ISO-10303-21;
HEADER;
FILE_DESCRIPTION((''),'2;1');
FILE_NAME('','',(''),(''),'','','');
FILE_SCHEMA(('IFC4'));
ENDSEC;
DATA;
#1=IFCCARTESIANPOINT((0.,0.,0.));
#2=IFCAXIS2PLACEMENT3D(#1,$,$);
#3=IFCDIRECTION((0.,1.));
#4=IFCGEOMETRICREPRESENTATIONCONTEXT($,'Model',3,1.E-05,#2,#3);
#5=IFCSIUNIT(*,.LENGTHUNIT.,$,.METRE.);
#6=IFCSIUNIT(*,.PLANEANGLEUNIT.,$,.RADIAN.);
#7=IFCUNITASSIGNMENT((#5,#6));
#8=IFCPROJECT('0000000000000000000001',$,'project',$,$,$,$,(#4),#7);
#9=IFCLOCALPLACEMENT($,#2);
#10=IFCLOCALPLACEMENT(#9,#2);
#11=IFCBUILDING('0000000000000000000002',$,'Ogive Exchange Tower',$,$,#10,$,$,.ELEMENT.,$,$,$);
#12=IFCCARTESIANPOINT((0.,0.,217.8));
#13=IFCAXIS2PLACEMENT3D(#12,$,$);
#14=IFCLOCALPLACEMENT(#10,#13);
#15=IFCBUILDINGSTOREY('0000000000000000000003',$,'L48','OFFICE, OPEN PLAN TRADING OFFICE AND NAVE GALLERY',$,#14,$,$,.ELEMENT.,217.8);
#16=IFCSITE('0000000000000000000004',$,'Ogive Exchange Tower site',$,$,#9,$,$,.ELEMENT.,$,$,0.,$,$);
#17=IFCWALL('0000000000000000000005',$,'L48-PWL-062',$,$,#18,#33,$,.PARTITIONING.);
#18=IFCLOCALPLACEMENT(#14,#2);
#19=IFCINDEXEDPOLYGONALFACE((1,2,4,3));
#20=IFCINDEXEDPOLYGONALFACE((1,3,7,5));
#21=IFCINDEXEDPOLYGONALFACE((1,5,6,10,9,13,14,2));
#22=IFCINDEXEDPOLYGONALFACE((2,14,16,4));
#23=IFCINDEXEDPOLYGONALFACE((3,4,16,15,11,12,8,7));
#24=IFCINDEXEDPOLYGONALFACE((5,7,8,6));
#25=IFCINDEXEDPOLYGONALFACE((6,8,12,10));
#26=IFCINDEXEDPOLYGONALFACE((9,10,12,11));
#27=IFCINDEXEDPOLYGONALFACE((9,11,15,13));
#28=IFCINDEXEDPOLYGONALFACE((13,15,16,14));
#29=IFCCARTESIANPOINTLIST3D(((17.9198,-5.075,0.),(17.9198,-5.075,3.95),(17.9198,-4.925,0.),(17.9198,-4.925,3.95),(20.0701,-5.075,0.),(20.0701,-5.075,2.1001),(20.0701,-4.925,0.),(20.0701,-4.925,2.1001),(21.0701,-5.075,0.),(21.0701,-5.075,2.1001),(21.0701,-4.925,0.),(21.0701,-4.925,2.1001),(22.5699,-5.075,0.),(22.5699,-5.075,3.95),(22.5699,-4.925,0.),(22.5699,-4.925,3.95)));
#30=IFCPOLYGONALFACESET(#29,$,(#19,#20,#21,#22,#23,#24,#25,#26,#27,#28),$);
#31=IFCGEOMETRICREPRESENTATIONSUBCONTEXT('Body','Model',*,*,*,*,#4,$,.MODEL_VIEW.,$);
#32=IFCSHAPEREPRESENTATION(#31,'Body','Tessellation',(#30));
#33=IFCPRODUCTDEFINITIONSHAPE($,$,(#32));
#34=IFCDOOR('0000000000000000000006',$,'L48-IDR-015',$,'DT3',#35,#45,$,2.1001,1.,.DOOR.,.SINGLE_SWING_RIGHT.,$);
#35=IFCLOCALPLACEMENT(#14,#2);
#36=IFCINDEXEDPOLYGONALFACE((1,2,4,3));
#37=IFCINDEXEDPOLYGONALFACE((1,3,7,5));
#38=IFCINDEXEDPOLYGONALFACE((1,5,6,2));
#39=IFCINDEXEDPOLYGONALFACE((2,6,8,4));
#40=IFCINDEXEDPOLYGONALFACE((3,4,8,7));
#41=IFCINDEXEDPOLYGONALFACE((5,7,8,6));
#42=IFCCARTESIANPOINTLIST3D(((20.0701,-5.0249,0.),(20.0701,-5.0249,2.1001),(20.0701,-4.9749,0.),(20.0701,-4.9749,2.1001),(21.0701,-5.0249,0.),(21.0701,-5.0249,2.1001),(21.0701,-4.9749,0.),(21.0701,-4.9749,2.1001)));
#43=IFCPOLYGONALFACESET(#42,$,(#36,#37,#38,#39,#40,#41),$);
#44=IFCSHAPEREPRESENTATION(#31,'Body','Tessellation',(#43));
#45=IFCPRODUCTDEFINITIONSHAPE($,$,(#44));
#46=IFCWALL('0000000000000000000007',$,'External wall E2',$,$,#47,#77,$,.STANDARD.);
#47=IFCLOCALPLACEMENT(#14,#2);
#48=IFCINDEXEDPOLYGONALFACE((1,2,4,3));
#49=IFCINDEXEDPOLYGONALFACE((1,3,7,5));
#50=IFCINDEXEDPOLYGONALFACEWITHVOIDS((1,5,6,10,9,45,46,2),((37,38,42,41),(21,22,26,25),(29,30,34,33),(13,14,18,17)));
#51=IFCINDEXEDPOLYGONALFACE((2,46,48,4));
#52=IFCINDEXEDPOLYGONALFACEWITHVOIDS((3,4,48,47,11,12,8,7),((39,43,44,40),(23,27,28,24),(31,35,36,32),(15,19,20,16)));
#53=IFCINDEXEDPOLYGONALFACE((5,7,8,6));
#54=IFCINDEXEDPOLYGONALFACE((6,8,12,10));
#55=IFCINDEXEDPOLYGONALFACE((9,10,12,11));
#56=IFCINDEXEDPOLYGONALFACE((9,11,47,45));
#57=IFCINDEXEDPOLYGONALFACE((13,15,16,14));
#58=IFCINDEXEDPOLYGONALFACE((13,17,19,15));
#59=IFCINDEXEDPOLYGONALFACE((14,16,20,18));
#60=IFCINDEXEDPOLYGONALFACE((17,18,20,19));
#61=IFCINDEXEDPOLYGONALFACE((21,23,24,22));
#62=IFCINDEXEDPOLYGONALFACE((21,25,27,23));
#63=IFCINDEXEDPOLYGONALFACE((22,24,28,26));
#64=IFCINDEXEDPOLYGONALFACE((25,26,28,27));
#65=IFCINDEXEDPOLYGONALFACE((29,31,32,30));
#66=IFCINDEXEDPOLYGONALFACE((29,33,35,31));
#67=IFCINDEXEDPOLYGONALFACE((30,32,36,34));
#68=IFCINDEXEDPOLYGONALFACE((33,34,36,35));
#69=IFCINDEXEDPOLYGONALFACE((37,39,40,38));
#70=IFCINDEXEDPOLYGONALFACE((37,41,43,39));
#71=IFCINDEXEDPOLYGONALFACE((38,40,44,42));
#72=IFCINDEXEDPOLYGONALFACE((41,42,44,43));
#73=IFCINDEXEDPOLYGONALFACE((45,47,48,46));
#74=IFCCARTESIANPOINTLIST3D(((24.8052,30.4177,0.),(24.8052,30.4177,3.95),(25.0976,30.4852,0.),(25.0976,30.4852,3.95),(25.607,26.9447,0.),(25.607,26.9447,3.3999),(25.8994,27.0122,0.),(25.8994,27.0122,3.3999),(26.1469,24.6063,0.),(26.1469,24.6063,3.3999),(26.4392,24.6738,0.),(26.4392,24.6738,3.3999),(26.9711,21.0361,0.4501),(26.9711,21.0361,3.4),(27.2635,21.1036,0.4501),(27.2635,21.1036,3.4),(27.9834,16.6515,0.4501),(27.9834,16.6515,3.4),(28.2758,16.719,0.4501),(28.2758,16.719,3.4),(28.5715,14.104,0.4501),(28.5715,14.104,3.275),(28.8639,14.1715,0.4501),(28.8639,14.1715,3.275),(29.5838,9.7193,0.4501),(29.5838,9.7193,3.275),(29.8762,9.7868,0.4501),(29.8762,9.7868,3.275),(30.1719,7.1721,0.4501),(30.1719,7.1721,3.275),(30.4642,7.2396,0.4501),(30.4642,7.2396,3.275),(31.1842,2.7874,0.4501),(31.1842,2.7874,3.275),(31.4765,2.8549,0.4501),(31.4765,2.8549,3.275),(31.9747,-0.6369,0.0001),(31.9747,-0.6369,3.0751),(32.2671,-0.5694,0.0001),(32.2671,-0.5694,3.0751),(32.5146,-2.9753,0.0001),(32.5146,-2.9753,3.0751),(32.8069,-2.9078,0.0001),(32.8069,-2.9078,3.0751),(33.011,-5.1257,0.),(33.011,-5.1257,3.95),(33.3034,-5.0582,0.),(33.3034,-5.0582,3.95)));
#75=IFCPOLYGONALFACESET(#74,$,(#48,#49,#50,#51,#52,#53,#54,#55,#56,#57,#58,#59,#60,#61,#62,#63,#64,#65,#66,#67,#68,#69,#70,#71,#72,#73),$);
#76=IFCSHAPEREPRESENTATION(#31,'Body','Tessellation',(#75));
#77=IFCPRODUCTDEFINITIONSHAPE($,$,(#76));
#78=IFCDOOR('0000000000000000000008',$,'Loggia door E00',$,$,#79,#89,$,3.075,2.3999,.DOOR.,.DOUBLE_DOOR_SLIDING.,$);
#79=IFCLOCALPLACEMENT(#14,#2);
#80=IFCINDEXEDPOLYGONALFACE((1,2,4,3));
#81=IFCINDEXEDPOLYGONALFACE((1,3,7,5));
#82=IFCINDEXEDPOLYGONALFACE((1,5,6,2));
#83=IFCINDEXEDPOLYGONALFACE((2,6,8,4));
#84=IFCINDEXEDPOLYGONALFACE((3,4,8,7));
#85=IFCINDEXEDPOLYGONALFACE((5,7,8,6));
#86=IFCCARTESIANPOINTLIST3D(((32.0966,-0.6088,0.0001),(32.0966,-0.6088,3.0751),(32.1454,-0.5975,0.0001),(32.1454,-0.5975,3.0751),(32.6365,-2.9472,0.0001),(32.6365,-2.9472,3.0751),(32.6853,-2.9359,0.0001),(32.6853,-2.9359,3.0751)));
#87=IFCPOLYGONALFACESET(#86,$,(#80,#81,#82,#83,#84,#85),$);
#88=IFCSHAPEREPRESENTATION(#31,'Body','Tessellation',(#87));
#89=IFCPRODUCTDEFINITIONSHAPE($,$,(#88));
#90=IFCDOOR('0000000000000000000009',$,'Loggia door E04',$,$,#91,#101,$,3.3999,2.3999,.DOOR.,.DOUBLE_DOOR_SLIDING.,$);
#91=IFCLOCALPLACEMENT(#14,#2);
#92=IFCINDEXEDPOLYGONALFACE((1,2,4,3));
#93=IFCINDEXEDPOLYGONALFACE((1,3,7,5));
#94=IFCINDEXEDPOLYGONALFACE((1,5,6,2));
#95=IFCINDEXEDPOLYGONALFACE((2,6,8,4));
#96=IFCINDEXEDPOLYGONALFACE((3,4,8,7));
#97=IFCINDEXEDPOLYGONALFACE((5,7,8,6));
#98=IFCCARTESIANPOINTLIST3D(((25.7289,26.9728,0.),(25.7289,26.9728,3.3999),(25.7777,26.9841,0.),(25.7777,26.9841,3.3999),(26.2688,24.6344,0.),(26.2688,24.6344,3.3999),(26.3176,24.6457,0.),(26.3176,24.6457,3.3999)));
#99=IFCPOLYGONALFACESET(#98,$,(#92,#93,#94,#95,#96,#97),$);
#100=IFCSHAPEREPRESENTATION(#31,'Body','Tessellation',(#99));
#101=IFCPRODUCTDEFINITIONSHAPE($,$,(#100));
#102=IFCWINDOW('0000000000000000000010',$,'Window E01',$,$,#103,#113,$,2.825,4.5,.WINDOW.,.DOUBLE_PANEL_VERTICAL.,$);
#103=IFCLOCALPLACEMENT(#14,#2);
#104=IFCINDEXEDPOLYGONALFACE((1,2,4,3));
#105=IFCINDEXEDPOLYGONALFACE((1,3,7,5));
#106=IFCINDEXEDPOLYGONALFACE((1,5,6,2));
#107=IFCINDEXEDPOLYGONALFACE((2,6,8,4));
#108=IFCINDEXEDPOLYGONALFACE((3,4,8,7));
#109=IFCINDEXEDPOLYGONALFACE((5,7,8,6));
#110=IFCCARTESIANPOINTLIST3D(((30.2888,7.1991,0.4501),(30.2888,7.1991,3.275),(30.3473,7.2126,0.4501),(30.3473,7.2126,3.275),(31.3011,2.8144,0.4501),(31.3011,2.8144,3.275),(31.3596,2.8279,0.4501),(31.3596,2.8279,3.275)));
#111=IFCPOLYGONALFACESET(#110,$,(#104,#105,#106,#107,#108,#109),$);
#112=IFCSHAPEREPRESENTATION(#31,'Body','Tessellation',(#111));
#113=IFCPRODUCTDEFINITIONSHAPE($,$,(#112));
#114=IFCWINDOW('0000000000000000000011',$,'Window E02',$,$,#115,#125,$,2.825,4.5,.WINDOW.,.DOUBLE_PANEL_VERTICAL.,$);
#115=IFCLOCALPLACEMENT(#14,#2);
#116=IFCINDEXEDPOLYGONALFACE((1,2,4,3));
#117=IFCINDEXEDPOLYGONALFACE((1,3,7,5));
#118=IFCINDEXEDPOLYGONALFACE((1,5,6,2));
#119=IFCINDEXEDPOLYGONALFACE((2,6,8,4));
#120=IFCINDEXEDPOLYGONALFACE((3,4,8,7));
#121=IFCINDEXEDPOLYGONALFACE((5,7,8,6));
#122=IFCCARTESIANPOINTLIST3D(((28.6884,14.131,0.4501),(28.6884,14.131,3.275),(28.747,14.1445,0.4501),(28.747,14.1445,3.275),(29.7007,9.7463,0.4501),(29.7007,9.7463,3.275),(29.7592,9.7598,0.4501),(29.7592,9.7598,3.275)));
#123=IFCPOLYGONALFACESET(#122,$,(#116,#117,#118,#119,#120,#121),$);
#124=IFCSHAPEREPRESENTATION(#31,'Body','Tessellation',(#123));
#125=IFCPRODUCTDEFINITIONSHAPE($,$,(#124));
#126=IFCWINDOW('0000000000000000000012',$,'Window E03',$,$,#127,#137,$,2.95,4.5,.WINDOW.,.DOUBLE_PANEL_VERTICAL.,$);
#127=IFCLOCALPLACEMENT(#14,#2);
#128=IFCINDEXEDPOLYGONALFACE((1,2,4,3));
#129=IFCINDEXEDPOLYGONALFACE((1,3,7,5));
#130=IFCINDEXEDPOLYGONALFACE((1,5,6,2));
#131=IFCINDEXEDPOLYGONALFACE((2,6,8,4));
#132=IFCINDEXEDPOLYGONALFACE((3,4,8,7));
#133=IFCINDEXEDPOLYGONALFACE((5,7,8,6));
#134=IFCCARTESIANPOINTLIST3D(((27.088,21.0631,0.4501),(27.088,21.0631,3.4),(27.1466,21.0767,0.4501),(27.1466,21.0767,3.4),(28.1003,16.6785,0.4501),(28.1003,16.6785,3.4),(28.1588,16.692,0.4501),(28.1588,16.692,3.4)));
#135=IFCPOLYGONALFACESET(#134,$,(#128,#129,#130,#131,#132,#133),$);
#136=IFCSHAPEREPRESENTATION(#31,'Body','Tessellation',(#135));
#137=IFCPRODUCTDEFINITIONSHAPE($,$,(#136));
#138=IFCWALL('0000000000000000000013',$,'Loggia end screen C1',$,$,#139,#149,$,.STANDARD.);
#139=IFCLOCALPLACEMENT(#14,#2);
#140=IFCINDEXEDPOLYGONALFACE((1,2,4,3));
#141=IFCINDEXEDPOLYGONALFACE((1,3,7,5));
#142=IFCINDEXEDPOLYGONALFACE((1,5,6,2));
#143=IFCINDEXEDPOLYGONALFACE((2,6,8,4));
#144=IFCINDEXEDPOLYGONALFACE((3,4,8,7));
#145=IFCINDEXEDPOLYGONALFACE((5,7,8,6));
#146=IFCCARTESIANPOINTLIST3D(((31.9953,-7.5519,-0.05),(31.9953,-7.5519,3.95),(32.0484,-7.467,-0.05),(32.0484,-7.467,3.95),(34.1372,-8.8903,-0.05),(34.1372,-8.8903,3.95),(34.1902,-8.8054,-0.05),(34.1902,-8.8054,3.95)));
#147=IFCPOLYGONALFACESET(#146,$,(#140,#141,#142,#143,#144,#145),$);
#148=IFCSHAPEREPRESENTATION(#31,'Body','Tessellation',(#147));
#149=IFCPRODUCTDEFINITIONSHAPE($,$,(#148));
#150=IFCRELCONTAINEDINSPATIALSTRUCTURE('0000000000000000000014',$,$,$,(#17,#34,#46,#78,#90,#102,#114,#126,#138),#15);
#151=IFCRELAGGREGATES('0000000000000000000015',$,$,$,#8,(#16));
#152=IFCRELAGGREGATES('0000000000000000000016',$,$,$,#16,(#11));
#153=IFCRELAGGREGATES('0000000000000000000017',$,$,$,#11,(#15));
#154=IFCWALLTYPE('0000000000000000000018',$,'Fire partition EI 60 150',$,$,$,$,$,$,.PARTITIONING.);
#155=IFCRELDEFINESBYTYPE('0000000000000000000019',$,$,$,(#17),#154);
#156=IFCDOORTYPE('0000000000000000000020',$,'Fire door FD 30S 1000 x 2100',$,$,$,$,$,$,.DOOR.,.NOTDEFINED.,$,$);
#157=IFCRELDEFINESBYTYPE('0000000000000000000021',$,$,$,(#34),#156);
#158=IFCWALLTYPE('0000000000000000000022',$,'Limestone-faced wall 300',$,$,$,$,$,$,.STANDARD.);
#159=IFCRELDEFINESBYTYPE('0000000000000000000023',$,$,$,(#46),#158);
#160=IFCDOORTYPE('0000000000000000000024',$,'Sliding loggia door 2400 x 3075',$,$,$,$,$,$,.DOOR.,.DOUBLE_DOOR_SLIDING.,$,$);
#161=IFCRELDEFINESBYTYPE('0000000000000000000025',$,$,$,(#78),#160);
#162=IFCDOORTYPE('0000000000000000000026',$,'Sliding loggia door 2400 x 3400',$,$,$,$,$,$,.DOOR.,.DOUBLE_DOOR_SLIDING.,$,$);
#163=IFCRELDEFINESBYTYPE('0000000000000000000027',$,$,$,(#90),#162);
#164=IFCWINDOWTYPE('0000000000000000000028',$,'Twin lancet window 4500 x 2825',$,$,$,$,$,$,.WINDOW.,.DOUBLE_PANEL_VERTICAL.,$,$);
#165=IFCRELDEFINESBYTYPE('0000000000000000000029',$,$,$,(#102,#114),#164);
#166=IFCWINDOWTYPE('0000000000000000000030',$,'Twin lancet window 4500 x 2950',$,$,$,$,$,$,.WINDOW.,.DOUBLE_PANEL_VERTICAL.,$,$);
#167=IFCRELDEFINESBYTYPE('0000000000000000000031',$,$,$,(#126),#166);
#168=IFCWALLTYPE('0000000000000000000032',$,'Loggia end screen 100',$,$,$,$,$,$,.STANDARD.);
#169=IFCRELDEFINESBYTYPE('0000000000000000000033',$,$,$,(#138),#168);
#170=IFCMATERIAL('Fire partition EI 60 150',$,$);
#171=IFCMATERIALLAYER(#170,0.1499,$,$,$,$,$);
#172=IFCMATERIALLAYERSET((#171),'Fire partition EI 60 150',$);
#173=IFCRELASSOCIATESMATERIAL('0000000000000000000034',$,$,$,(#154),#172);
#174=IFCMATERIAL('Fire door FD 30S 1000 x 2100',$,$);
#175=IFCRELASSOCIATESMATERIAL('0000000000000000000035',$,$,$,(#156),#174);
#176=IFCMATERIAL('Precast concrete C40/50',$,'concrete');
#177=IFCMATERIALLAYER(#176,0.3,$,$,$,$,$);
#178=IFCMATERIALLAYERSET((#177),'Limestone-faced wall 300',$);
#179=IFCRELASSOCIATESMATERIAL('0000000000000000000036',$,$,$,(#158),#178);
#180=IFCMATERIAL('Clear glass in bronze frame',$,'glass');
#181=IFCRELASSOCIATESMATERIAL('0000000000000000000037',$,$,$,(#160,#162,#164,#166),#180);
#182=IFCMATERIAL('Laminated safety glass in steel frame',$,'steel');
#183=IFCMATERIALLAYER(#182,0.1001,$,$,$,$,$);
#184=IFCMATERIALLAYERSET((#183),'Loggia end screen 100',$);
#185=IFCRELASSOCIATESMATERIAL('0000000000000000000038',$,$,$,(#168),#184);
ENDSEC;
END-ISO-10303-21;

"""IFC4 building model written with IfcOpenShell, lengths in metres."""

from ifc_helpers import new_model, si_unit, direction, frame, frame_2d, origin, place, context, subcontext, project, spatial, rectangle, extrude, material, layer, layer_set, type_object, element, fill, save


model = new_model("IFC4")

# Units and contexts
model_context = context("Model", 3, precision=1e-05, world=origin(), true_north=direction((0.0, 1.0)))
body_context = subcontext(model_context, "Body", "Model", "MODEL_VIEW")
ifc_project = project(units=[si_unit("LENGTHUNIT", "METRE"), si_unit("PLANEANGLEUNIT", "RADIAN")], contexts=[model_context])

# Site, building, storey
site_placement = place(None, origin())
site = spatial("IfcSite", under=ifc_project, at=site_placement, Name="Ogive Exchange Tower site", CompositionType="ELEMENT", RefElevation=0.0)
building_placement = place(site_placement, origin())
building = spatial("IfcBuilding", under=site, at=building_placement, Name="Ogive Exchange Tower", CompositionType="ELEMENT")
storey_placement = place(building_placement, frame((0.0, 0.0, 217.8)))
storey = spatial("IfcBuildingStorey", under=building, at=storey_placement, Name="L48", Description="OFFICE, OPEN PLAN TRADING OFFICE AND NAVE GALLERY", CompositionType="ELEMENT", Elevation=217.8)

# Wall, opening, door
ifc_material_1 = material(Name="Fire partition EI 60 150")
ifc_layer_1 = layer(ifc_material_1, 0.1499)
ifc_layer_set_1 = layer_set([ifc_layer_1], Name="Fire partition EI 60 150")
wall_type_1 = type_object("IfcWallType", Name="Fire partition EI 60 150", PredefinedType="PARTITIONING", material=ifc_layer_set_1)
wall_1_placement = place(storey_placement, frame((22.5701, -5.0, 0.0), z_axis=(0.0, 0.0, 1.0), x_axis=(-1.0, 0.0, 0.0)))
wall_1 = element("IfcWall", 1, at=wall_1_placement, inside=storey, type_object=wall_type_1, Name="L48-PWL-062", PredefinedType="PARTITIONING", context=body_context, shape_type="SweptSolid", body=[
    extrude(rectangle(XDim=4.6501, YDim=0.1499, at=frame_2d((2.3252, 0.0))), origin(), (0.0, 0.0, 1.0), 3.95),
])
opening_1_placement = place(wall_1_placement, frame((1.5, 0.0, 0.0)))
opening_1 = element("IfcOpeningElement", 2, at=opening_1_placement, cuts=wall_1, PredefinedType="OPENING", context=body_context, shape_type="SweptSolid", body=[
    extrude(rectangle(XDim=1.0, YDim=2.1001, at=frame_2d((0.5, 1.05))), frame((0.0, 0.085, 0.0), z_axis=(0.0, -1.0, 0.0), x_axis=(1.0, 0.0, 0.0)), (0.0, 0.0, 1.0), 0.1699),
])
ifc_material_2 = material(Name="Fire door FD 30S 1000 x 2100")
door_type_1 = type_object("IfcDoorType", Name="Fire door FD 30S 1000 x 2100", OperationType="NOTDEFINED", PredefinedType="DOOR", material=ifc_material_2)
door_1_placement = place(opening_1_placement, origin())
door_1 = element("IfcDoor", 3, at=door_1_placement, inside=storey, type_object=door_type_1, Name="L48-IDR-015", ObjectType="DT3", OperationType="SINGLE_SWING_RIGHT", OverallHeight=2.1001, OverallWidth=1.0, PredefinedType="DOOR", context=body_context, shape_type="SweptSolid", body=[
    extrude(rectangle(XDim=1.0, YDim=2.1001, at=frame_2d((0.5, 1.05))), frame((0.0, 0.0249, 0.0), z_axis=(0.0, -1.0, 0.0), x_axis=(1.0, 0.0, 0.0)), (0.0, 0.0, 1.0), 0.05),
])
fill(opening_1, door_1)

# Wall, openings, doors, windows
ifc_material_3 = material(Name="Precast concrete C40/50", Category="concrete")
ifc_layer_2 = layer(ifc_material_3, 0.3)
ifc_layer_set_2 = layer_set([ifc_layer_2], Name="Limestone-faced wall 300")
wall_type_2 = type_object("IfcWallType", Name="Limestone-faced wall 300", PredefinedType="STANDARD", material=ifc_layer_set_2)
wall_2_placement = place(storey_placement, frame((33.1572, -5.092, 0.0), z_axis=(0.0, 0.0, 1.0), x_axis=(-0.22495, 0.97437, 0.0)))
wall_2 = element("IfcWall", 4, at=wall_2_placement, inside=storey, type_object=wall_type_2, Name="External wall E2", PredefinedType="STANDARD", context=body_context, shape_type="SweptSolid", body=[
    extrude(rectangle(XDim=36.4783, YDim=0.3, at=frame_2d((18.2393, 0.0))), origin(), (0.0, 0.0, 1.0), 3.95),
])
opening_2_placement = place(wall_2_placement, frame((2.207, 0.0, 0.0)))
opening_2 = element("IfcOpeningElement", 5, at=opening_2_placement, cuts=wall_2, PredefinedType="OPENING", context=body_context, shape_type="SweptSolid", body=[
    extrude(rectangle(XDim=2.3999, YDim=3.075, at=frame_2d((1.2, 1.5376))), frame((0.0, 0.1599, 0.0), z_axis=(0.0, -1.0, 0.0), x_axis=(1.0, 0.0, 0.0)), (0.0, 0.0, 1.0), 0.3201),
])
opening_3_placement = place(wall_2_placement, frame((8.1213, 0.0, 0.45)))
opening_3 = element("IfcOpeningElement", 6, at=opening_3_placement, cuts=wall_2, PredefinedType="OPENING", context=body_context, shape_type="SweptSolid", body=[
    extrude(rectangle(XDim=4.5, YDim=2.825, at=frame_2d((2.25, 1.4126))), frame((0.0, 0.1599, 0.0), z_axis=(0.0, -1.0, 0.0), x_axis=(1.0, 0.0, 0.0)), (0.0, 0.0, 1.0), 0.3201),
])
opening_4_placement = place(wall_2_placement, frame((15.2356, 0.0, 0.45)))
opening_4 = element("IfcOpeningElement", 7, at=opening_4_placement, cuts=wall_2, PredefinedType="OPENING", context=body_context, shape_type="SweptSolid", body=[
    extrude(rectangle(XDim=4.5, YDim=2.825, at=frame_2d((2.25, 1.4126))), frame((0.0, 0.1599, 0.0), z_axis=(0.0, -1.0, 0.0), x_axis=(1.0, 0.0, 0.0)), (0.0, 0.0, 1.0), 0.3201),
])
opening_5_placement = place(wall_2_placement, frame((22.3501, 0.0, 0.45)))
opening_5 = element("IfcOpeningElement", 8, at=opening_5_placement, cuts=wall_2, PredefinedType="OPENING", context=body_context, shape_type="SweptSolid", body=[
    extrude(rectangle(XDim=4.5, YDim=2.95, at=frame_2d((2.25, 1.4751))), frame((0.0, 0.1599, 0.0), z_axis=(0.0, -1.0, 0.0), x_axis=(1.0, 0.0, 0.0)), (0.0, 0.0, 1.0), 0.3201),
])
opening_6_placement = place(wall_2_placement, frame((30.5142, 0.0, 0.0)))
opening_6 = element("IfcOpeningElement", 9, at=opening_6_placement, cuts=wall_2, PredefinedType="OPENING", context=body_context, shape_type="SweptSolid", body=[
    extrude(rectangle(XDim=2.3999, YDim=3.3999, at=frame_2d((1.2, 1.7))), frame((0.0, 0.1599, 0.0), z_axis=(0.0, -1.0, 0.0), x_axis=(1.0, 0.0, 0.0)), (0.0, 0.0, 1.0), 0.3201),
])
ifc_material_4 = material(Name="Clear glass in bronze frame", Category="glass")
door_type_2 = type_object("IfcDoorType", Name="Sliding loggia door 2400 x 3075", OperationType="DOUBLE_DOOR_SLIDING", PredefinedType="DOOR", material=ifc_material_4)
door_2_placement = place(opening_2_placement, origin())
door_2 = element("IfcDoor", 10, at=door_2_placement, inside=storey, type_object=door_type_2, Name="Loggia door E00", OperationType="DOUBLE_DOOR_SLIDING", OverallHeight=3.075, OverallWidth=2.3999, PredefinedType="DOOR", context=body_context, shape_type="SweptSolid", body=[
    extrude(rectangle(XDim=2.3999, YDim=3.075, at=frame_2d((1.2, 1.5376))), frame((0.0, 0.0249, 0.0), z_axis=(0.0, -1.0, 0.0), x_axis=(1.0, 0.0, 0.0)), (0.0, 0.0, 1.0), 0.05),
])
fill(opening_2, door_2)
door_type_3 = type_object("IfcDoorType", Name="Sliding loggia door 2400 x 3400", OperationType="DOUBLE_DOOR_SLIDING", PredefinedType="DOOR", material=ifc_material_4)
door_3_placement = place(opening_6_placement, origin())
door_3 = element("IfcDoor", 11, at=door_3_placement, inside=storey, type_object=door_type_3, Name="Loggia door E04", OperationType="DOUBLE_DOOR_SLIDING", OverallHeight=3.3999, OverallWidth=2.3999, PredefinedType="DOOR", context=body_context, shape_type="SweptSolid", body=[
    extrude(rectangle(XDim=2.3999, YDim=3.3999, at=frame_2d((1.2, 1.7))), frame((0.0, 0.0249, 0.0), z_axis=(0.0, -1.0, 0.0), x_axis=(1.0, 0.0, 0.0)), (0.0, 0.0, 1.0), 0.05),
])
fill(opening_6, door_3)
window_type_1 = type_object("IfcWindowType", Name="Twin lancet window 4500 x 2825", PartitioningType="DOUBLE_PANEL_VERTICAL", PredefinedType="WINDOW", material=ifc_material_4)
window_1_placement = place(opening_3_placement, origin())
window_1 = element("IfcWindow", 12, at=window_1_placement, inside=storey, type_object=window_type_1, Name="Window E01", OverallHeight=2.825, OverallWidth=4.5, PartitioningType="DOUBLE_PANEL_VERTICAL", PredefinedType="WINDOW", context=body_context, shape_type="SweptSolid", body=[
    extrude(rectangle(XDim=4.5, YDim=2.825, at=frame_2d((2.25, 1.4126))), frame((0.0, 0.03, 0.0), z_axis=(0.0, -1.0, 0.0), x_axis=(1.0, 0.0, 0.0)), (0.0, 0.0, 1.0), 0.0601),
])
fill(opening_3, window_1)
window_2_placement = place(opening_4_placement, origin())
window_2 = element("IfcWindow", 13, at=window_2_placement, inside=storey, type_object=window_type_1, Name="Window E02", OverallHeight=2.825, OverallWidth=4.5, PartitioningType="DOUBLE_PANEL_VERTICAL", PredefinedType="WINDOW", context=body_context, shape_type="SweptSolid", body=[
    extrude(rectangle(XDim=4.5, YDim=2.825, at=frame_2d((2.25, 1.4126))), frame((0.0, 0.03, 0.0), z_axis=(0.0, -1.0, 0.0), x_axis=(1.0, 0.0, 0.0)), (0.0, 0.0, 1.0), 0.0601),
])
fill(opening_4, window_2)
window_type_2 = type_object("IfcWindowType", Name="Twin lancet window 4500 x 2950", PartitioningType="DOUBLE_PANEL_VERTICAL", PredefinedType="WINDOW", material=ifc_material_4)
window_3_placement = place(opening_5_placement, origin())
window_3 = element("IfcWindow", 14, at=window_3_placement, inside=storey, type_object=window_type_2, Name="Window E03", OverallHeight=2.95, OverallWidth=4.5, PartitioningType="DOUBLE_PANEL_VERTICAL", PredefinedType="WINDOW", context=body_context, shape_type="SweptSolid", body=[
    extrude(rectangle(XDim=4.5, YDim=2.95, at=frame_2d((2.25, 1.4751))), frame((0.0, 0.03, 0.0), z_axis=(0.0, -1.0, 0.0), x_axis=(1.0, 0.0, 0.0)), (0.0, 0.0, 1.0), 0.0601),
])
fill(opening_5, window_3)

# Wall
ifc_material_5 = material(Name="Laminated safety glass in steel frame", Category="steel")
ifc_layer_3 = layer(ifc_material_5, 0.1001)
ifc_layer_set_3 = layer_set([ifc_layer_3], Name="Loggia end screen 100")
wall_type_3 = type_object("IfcWallType", Name="Loggia end screen 100", PredefinedType="STANDARD", material=ifc_layer_set_3)
wall_3_placement = place(storey_placement, frame((32.022, -7.5095, -0.05), z_axis=(0.0, 0.0, 1.0), x_axis=(0.848047, -0.529921, 0.0)))
element("IfcWall", 15, at=wall_3_placement, inside=storey, type_object=wall_type_3, Name="Loggia end screen C1", PredefinedType="STANDARD", context=body_context, shape_type="SweptSolid", body=[
    extrude(rectangle(XDim=2.5256, YDim=0.1001, at=frame_2d((1.2627, 0.0))), origin(), (0.0, 0.0, 1.0), 4.0),
])

save(model, "model.ifc")
